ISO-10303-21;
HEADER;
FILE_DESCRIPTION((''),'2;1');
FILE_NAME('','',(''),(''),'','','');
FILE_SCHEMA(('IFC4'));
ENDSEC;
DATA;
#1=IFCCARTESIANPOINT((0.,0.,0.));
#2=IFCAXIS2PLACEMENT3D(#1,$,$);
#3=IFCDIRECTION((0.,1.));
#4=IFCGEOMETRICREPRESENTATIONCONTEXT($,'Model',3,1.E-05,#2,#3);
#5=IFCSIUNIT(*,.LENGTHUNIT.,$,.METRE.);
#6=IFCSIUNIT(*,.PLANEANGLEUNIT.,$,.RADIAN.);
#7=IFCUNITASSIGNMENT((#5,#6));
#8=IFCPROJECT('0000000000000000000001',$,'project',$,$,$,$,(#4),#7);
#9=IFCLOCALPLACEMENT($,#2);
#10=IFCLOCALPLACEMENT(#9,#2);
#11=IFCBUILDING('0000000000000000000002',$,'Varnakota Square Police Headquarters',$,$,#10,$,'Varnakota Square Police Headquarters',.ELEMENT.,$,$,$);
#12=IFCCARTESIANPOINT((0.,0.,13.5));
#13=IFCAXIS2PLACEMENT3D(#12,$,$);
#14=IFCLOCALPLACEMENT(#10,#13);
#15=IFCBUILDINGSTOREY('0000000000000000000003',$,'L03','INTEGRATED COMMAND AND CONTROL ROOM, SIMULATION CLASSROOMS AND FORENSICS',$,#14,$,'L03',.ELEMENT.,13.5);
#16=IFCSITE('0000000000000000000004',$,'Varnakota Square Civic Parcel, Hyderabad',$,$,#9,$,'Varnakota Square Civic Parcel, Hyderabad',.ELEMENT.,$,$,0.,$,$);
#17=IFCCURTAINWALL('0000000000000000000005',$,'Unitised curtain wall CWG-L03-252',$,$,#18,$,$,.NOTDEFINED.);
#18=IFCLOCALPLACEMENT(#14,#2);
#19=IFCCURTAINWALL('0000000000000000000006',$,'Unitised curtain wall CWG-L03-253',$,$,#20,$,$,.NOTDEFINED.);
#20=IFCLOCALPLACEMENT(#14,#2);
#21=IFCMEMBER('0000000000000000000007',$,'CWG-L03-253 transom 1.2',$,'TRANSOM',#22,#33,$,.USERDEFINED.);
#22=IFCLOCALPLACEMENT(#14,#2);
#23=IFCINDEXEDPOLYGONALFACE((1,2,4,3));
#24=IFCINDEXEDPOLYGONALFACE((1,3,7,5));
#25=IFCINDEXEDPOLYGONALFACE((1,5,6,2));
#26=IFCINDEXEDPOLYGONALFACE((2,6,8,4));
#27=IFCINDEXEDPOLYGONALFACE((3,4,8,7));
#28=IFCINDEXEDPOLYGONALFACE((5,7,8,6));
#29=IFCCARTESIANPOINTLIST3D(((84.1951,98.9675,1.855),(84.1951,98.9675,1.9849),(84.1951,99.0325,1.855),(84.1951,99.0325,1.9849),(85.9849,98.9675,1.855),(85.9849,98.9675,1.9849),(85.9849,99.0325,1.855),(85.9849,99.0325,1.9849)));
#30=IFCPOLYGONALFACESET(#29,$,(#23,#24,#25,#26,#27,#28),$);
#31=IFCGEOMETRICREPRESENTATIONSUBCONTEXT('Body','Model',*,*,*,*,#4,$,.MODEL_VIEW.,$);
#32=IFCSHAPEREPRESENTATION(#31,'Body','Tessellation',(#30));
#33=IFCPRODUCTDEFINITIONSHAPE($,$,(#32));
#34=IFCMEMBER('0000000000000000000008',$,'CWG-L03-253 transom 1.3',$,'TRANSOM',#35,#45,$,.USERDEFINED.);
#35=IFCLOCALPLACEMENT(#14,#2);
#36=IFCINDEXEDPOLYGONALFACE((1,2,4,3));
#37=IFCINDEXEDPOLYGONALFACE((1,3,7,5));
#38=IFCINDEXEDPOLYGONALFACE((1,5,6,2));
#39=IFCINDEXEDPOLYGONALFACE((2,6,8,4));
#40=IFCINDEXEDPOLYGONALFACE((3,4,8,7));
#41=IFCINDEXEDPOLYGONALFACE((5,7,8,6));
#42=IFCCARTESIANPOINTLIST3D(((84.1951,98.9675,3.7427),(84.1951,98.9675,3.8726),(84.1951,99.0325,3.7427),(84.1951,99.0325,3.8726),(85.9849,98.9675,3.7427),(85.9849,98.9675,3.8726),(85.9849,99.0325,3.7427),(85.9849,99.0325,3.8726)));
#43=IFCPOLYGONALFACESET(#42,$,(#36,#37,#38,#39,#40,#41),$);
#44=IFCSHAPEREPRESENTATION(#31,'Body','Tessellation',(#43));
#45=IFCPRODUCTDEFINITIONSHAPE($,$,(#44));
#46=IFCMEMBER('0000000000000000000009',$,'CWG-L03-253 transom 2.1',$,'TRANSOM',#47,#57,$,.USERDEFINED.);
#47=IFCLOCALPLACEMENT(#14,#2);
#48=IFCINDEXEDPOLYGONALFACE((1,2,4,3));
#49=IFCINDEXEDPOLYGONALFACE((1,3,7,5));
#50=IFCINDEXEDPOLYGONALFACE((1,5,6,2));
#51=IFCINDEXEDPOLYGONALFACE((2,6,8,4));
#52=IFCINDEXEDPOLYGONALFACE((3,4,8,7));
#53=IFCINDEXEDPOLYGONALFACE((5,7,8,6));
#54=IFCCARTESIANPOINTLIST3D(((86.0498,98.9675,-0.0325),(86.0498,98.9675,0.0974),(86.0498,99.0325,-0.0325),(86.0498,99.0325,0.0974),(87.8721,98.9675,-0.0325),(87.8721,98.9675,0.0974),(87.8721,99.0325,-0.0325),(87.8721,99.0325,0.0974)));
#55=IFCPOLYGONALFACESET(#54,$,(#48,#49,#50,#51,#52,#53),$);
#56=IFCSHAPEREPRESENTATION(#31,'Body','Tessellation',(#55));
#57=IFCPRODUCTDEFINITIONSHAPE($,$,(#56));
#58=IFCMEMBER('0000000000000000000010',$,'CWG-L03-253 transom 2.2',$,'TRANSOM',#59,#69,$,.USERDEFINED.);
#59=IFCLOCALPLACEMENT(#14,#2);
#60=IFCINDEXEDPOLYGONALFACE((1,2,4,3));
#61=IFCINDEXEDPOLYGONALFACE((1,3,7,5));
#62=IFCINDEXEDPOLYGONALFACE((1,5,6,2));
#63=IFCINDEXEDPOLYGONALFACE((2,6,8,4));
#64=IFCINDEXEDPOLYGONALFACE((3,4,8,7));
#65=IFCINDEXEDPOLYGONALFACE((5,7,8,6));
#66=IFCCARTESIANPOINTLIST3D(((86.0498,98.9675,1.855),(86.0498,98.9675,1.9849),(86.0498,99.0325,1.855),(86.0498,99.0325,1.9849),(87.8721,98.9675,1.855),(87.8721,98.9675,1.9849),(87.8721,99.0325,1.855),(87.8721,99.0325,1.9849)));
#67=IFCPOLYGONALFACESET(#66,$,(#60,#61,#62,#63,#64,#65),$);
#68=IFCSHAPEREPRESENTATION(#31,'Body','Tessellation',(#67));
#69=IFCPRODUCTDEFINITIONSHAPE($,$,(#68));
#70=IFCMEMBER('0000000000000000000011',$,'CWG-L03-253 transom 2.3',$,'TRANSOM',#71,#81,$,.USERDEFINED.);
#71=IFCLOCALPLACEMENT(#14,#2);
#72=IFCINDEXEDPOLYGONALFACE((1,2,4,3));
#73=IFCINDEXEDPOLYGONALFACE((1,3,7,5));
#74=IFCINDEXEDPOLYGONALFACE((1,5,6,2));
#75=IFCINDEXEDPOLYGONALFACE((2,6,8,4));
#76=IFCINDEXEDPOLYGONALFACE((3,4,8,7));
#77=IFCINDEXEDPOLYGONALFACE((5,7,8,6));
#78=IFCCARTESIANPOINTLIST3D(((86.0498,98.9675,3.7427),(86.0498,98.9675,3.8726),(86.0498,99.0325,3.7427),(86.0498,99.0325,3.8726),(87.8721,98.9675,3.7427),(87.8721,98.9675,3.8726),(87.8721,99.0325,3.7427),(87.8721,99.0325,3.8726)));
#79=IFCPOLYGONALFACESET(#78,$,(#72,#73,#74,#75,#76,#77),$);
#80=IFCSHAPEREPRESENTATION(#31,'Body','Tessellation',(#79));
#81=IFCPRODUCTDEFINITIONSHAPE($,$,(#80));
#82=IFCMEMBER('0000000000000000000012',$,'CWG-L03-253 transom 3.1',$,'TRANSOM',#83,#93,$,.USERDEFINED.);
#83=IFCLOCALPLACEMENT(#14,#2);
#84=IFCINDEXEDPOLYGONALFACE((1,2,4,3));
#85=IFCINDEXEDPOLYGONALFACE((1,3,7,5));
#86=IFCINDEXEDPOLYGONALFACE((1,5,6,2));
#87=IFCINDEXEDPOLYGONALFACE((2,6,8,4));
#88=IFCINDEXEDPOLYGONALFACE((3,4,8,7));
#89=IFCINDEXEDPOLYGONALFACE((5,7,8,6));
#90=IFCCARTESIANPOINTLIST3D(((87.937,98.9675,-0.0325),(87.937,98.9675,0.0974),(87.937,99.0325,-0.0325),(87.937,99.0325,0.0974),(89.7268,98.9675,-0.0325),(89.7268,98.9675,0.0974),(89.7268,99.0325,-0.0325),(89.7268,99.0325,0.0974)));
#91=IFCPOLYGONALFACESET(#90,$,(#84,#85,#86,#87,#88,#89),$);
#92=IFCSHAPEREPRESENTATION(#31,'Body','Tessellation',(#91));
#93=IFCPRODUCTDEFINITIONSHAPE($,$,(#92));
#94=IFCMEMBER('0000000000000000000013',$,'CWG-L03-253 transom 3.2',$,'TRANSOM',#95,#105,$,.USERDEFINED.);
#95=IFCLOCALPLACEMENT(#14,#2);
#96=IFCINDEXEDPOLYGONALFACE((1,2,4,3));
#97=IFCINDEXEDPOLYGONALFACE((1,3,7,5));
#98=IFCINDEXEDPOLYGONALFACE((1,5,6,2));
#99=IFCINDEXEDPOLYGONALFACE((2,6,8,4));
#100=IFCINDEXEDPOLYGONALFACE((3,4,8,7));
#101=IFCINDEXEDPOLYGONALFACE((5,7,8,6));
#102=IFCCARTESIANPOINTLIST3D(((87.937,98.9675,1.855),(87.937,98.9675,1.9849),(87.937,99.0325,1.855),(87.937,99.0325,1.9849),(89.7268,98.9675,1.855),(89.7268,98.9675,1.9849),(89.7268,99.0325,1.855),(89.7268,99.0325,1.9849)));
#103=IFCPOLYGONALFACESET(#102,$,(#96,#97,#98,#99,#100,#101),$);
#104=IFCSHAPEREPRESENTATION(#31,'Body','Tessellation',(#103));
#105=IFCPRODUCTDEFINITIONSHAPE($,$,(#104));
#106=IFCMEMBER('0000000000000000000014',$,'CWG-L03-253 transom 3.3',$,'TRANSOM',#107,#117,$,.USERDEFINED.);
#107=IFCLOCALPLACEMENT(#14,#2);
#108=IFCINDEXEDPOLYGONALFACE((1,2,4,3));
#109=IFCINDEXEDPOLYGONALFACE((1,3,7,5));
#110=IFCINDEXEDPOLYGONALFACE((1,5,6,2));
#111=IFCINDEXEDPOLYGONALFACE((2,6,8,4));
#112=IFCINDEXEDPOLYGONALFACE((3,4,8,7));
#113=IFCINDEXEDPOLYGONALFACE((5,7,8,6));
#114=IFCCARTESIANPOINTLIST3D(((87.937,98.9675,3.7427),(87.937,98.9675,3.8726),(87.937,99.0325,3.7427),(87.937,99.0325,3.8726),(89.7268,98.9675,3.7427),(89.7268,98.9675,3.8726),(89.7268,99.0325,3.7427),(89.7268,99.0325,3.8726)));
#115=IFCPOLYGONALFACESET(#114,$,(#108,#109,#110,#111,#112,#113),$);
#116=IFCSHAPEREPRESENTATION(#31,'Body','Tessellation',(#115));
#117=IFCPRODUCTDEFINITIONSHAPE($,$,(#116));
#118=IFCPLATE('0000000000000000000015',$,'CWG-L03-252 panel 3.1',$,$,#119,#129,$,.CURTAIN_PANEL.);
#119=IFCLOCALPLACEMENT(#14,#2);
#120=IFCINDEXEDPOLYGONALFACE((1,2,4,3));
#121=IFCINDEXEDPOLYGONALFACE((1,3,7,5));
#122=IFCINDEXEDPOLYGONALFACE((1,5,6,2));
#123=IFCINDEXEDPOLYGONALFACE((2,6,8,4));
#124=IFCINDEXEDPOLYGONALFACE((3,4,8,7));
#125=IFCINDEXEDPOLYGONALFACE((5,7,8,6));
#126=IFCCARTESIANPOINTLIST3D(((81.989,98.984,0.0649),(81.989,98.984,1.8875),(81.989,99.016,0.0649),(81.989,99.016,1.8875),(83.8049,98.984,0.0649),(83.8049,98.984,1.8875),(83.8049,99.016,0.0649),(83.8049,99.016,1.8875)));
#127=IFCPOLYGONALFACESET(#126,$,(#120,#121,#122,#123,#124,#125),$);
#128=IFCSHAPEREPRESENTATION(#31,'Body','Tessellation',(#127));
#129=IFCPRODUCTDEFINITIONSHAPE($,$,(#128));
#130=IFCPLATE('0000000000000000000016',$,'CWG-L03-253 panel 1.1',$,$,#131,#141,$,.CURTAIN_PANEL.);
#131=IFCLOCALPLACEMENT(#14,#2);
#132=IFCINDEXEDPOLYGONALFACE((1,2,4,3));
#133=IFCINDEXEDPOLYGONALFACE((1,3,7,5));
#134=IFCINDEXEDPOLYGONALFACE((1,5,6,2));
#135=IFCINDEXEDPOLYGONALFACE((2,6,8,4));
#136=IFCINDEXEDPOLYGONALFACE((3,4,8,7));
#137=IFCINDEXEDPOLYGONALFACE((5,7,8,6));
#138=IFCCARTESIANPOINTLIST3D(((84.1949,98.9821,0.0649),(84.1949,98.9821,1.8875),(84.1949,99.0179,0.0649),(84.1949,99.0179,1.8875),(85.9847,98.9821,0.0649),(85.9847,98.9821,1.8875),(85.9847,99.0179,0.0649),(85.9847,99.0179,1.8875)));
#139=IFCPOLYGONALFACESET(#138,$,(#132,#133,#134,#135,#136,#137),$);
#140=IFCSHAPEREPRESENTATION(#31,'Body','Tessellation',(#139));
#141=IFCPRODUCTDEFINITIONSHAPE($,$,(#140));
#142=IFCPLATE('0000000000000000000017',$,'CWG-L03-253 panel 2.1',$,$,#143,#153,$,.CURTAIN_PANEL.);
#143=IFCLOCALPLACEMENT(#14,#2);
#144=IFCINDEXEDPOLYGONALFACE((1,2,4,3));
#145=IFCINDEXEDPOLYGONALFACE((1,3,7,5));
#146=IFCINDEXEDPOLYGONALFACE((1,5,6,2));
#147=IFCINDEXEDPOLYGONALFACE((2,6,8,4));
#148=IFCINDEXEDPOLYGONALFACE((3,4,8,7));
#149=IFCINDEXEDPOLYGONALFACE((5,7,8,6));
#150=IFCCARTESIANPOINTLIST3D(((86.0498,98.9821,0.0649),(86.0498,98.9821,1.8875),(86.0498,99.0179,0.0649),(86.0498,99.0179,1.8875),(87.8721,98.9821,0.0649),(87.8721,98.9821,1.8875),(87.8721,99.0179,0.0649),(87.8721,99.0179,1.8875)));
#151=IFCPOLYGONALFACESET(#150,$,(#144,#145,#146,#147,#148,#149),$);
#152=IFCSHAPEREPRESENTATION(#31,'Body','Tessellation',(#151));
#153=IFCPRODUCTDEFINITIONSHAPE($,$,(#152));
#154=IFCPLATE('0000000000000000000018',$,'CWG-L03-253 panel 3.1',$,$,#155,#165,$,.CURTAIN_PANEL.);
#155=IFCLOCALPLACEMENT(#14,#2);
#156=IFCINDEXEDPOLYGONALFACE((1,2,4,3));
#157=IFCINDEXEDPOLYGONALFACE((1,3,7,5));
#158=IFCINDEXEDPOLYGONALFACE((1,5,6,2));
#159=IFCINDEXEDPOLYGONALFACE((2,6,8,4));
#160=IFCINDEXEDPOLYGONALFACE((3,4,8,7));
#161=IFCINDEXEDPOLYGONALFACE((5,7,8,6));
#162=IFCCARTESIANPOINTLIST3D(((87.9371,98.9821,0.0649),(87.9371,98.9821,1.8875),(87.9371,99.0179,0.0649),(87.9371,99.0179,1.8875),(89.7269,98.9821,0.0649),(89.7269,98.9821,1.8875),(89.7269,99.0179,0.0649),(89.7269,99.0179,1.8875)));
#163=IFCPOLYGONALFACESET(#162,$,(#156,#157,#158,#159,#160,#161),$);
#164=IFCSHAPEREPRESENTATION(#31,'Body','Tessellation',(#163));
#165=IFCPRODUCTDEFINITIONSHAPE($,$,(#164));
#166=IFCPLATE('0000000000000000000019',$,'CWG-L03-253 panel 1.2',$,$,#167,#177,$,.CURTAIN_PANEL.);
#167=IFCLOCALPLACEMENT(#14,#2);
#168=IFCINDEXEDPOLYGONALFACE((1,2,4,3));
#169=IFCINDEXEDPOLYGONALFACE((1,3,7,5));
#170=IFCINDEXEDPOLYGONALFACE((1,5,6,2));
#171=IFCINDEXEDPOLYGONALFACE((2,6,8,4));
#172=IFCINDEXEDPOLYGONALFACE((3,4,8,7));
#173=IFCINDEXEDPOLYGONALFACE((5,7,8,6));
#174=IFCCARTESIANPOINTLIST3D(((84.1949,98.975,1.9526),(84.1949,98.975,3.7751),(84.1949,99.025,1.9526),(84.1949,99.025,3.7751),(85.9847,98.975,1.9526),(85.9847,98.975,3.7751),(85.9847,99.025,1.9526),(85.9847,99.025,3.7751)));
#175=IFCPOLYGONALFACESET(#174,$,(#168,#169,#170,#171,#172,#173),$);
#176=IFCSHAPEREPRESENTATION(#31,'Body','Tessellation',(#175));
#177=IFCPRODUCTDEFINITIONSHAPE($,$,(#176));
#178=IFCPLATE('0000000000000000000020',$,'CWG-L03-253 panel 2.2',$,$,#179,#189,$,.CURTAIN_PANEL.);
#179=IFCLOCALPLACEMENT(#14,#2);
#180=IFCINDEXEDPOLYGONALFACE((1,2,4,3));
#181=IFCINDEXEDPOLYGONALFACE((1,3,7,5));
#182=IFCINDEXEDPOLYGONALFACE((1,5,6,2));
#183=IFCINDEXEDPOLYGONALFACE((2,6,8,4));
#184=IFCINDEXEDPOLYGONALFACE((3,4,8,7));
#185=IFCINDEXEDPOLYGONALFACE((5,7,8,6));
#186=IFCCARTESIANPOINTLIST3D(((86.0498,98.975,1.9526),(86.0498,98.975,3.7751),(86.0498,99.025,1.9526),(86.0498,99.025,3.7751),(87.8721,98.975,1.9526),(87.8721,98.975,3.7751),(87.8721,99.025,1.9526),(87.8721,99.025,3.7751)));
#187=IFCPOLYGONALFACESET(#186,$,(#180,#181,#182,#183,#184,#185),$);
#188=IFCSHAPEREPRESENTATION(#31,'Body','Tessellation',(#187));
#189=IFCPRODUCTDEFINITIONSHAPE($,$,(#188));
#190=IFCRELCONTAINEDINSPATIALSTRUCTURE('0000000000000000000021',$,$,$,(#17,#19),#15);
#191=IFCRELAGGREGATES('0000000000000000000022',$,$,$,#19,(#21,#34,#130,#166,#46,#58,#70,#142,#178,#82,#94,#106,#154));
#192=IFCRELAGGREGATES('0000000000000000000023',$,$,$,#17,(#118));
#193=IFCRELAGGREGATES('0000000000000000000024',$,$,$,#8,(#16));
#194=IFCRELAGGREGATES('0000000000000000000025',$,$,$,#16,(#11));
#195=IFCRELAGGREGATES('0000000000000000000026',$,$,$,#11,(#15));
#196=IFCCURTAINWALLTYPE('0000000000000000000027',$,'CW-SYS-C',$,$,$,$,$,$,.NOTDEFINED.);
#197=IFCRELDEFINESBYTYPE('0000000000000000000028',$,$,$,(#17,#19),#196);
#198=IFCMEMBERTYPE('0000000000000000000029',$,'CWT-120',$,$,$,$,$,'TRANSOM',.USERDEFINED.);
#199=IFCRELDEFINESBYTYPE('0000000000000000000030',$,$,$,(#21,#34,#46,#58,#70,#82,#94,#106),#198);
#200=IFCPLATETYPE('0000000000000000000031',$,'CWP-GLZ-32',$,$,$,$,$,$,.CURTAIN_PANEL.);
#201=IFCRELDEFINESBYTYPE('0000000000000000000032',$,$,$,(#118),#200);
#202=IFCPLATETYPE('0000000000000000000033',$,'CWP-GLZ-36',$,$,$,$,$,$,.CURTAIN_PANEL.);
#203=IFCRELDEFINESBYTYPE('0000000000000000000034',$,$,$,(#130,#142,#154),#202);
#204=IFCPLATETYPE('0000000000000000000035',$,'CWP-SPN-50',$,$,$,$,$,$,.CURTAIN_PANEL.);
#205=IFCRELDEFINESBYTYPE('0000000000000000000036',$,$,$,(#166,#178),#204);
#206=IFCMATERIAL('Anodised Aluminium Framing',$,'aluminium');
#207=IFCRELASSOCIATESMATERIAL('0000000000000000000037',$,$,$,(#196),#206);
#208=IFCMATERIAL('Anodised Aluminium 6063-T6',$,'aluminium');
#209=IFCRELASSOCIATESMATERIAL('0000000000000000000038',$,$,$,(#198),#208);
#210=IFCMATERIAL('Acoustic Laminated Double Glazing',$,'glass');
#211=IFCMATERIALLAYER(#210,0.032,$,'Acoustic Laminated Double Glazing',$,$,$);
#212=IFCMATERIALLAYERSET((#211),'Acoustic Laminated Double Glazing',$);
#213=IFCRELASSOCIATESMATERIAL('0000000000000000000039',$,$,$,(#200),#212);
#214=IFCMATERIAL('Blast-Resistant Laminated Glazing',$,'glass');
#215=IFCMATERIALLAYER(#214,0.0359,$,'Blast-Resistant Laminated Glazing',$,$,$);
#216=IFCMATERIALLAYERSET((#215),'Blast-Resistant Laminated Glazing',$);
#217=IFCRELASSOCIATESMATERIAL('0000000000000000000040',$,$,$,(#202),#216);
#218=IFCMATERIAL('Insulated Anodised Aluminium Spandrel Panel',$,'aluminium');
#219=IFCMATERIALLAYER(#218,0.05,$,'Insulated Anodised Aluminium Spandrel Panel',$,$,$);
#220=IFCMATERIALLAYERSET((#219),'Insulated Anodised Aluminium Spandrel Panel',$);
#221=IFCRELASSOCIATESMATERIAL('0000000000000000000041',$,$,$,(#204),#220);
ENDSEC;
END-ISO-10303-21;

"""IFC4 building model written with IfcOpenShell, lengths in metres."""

from ifc_helpers import new_model, si_unit, direction, frame, origin, origin_2d, place, context, subcontext, project, spatial, rectangle, extrude, material, layer, layer_set, material_profile, profile_set, type_object, element, aggregate, save


model = new_model("IFC4")

# Units and contexts
model_context = context("Model", 3, precision=1e-05, world=origin(), true_north=direction((0.0, 1.0)))
body_context = subcontext(model_context, "Body", "Model", "MODEL_VIEW")
ifc_project = project(units=[si_unit("LENGTHUNIT", "METRE"), si_unit("PLANEANGLEUNIT", "RADIAN")], contexts=[model_context])

# Site, building, storey
site_placement = place(None, origin())
site = spatial("IfcSite", under=ifc_project, at=site_placement, Name="Varnakota Square Civic Parcel, Hyderabad", LongName="Varnakota Square Civic Parcel, Hyderabad", CompositionType="ELEMENT", RefElevation=0.0)
building_placement = place(site_placement, origin())
building = spatial("IfcBuilding", under=site, at=building_placement, Name="Varnakota Square Police Headquarters", LongName="Varnakota Square Police Headquarters", CompositionType="ELEMENT")
storey_placement = place(building_placement, frame((0.0, 0.0, 13.5)))
storey = spatial("IfcBuildingStorey", under=building, at=storey_placement, Name="L03", Description="INTEGRATED COMMAND AND CONTROL ROOM, SIMULATION CLASSROOMS AND FORENSICS", LongName="L03", CompositionType="ELEMENT", Elevation=13.5)

# Curtain wall
ifc_material_1 = material(Name="Anodised Aluminium Framing", Category="aluminium")
curtain_wall_type = type_object("IfcCurtainWallType", Name="CW-SYS-C", PredefinedType="NOTDEFINED", material=ifc_material_1)
curtain_wall_1_placement = place(storey_placement, origin())
curtain_wall_1 = element("IfcCurtainWall", 1, at=curtain_wall_1_placement, inside=storey, type_object=curtain_wall_type, Name="Unitised curtain wall CWG-L03-252", PredefinedType="NOTDEFINED")
ifc_material_2 = material(Name="Anodised Aluminium 6063-T6", Category="aluminium")

# Curtain wall
curtain_wall_2_placement = place(storey_placement, origin())
curtain_wall_2 = element("IfcCurtainWall", 2, at=curtain_wall_2_placement, inside=storey, type_object=curtain_wall_type, Name="Unitised curtain wall CWG-L03-253", PredefinedType="NOTDEFINED")

# Members
ifc_material_profile_1 = material_profile(ifc_material_2, rectangle(XDim=0.0649, YDim=0.1299, at=origin_2d()), Name="ALU TRANSOM 65x130")
ifc_profile_set_1 = profile_set([ifc_material_profile_1], Name="Anodised Aluminium 6063-T6")
member_type_1 = type_object("IfcMemberType", Name="CWT-120", ElementType="TRANSOM", PredefinedType="USERDEFINED", material=ifc_profile_set_1)
member_1_placement = place(storey_placement, frame((84.1951, 99.0, 1.9199), z_axis=(1.0, 0.0, 0.0), x_axis=(0.0, 1.0, 0.0)))
member_1 = element("IfcMember", 3, at=member_1_placement, type_object=member_type_1, Name="CWG-L03-253 transom 1.2", ObjectType="TRANSOM", PredefinedType="USERDEFINED", context=body_context, shape_type="SweptSolid", body=[
    extrude(rectangle(XDim=0.0649, YDim=0.1299, at=origin_2d()), origin(), (0.0, 0.0, 1.0), 1.7898),
])
member_2_placement = place(storey_placement, frame((84.1951, 99.0, 3.8076), z_axis=(1.0, 0.0, 0.0), x_axis=(0.0, 1.0, 0.0)))
member_2 = element("IfcMember", 4, at=member_2_placement, type_object=member_type_1, Name="CWG-L03-253 transom 1.3", ObjectType="TRANSOM", PredefinedType="USERDEFINED", context=body_context, shape_type="SweptSolid", body=[
    extrude(rectangle(XDim=0.0649, YDim=0.1299, at=origin_2d()), origin(), (0.0, 0.0, 1.0), 1.7898),
])
member_3_placement = place(storey_placement, frame((86.0498, 99.0, 0.0325), z_axis=(1.0, 0.0, 0.0), x_axis=(0.0, 1.0, 0.0)))
member_3 = element("IfcMember", 5, at=member_3_placement, type_object=member_type_1, Name="CWG-L03-253 transom 2.1", ObjectType="TRANSOM", PredefinedType="USERDEFINED", context=body_context, shape_type="SweptSolid", body=[
    extrude(rectangle(XDim=0.0649, YDim=0.1299, at=origin_2d()), origin(), (0.0, 0.0, 1.0), 1.8223),
])
member_4_placement = place(storey_placement, frame((86.0498, 99.0, 1.9199), z_axis=(1.0, 0.0, 0.0), x_axis=(0.0, 1.0, 0.0)))
member_4 = element("IfcMember", 6, at=member_4_placement, type_object=member_type_1, Name="CWG-L03-253 transom 2.2", ObjectType="TRANSOM", PredefinedType="USERDEFINED", context=body_context, shape_type="SweptSolid", body=[
    extrude(rectangle(XDim=0.0649, YDim=0.1299, at=origin_2d()), origin(), (0.0, 0.0, 1.0), 1.8223),
])
member_5_placement = place(storey_placement, frame((86.0498, 99.0, 3.8076), z_axis=(1.0, 0.0, 0.0), x_axis=(0.0, 1.0, 0.0)))
member_5 = element("IfcMember", 7, at=member_5_placement, type_object=member_type_1, Name="CWG-L03-253 transom 2.3", ObjectType="TRANSOM", PredefinedType="USERDEFINED", context=body_context, shape_type="SweptSolid", body=[
    extrude(rectangle(XDim=0.0649, YDim=0.1299, at=origin_2d()), origin(), (0.0, 0.0, 1.0), 1.8223),
])
member_6_placement = place(storey_placement, frame((87.937, 99.0, 0.0325), z_axis=(1.0, 0.0, 0.0), x_axis=(0.0, 1.0, 0.0)))
member_6 = element("IfcMember", 8, at=member_6_placement, type_object=member_type_1, Name="CWG-L03-253 transom 3.1", ObjectType="TRANSOM", PredefinedType="USERDEFINED", context=body_context, shape_type="SweptSolid", body=[
    extrude(rectangle(XDim=0.0649, YDim=0.1299, at=origin_2d()), origin(), (0.0, 0.0, 1.0), 1.7898),
])
member_7_placement = place(storey_placement, frame((87.937, 99.0, 1.9199), z_axis=(1.0, 0.0, 0.0), x_axis=(0.0, 1.0, 0.0)))
member_7 = element("IfcMember", 9, at=member_7_placement, type_object=member_type_1, Name="CWG-L03-253 transom 3.2", ObjectType="TRANSOM", PredefinedType="USERDEFINED", context=body_context, shape_type="SweptSolid", body=[
    extrude(rectangle(XDim=0.0649, YDim=0.1299, at=origin_2d()), origin(), (0.0, 0.0, 1.0), 1.7898),
])
member_8_placement = place(storey_placement, frame((87.937, 99.0, 3.8076), z_axis=(1.0, 0.0, 0.0), x_axis=(0.0, 1.0, 0.0)))
member_8 = element("IfcMember", 10, at=member_8_placement, type_object=member_type_1, Name="CWG-L03-253 transom 3.3", ObjectType="TRANSOM", PredefinedType="USERDEFINED", context=body_context, shape_type="SweptSolid", body=[
    extrude(rectangle(XDim=0.0649, YDim=0.1299, at=origin_2d()), origin(), (0.0, 0.0, 1.0), 1.7898),
])

# Plates
ifc_material_3 = material(Name="Acoustic Laminated Double Glazing", Category="glass")
ifc_layer_1 = layer(ifc_material_3, 0.032, Name="Acoustic Laminated Double Glazing")
ifc_layer_set_1 = layer_set([ifc_layer_1], Name="Acoustic Laminated Double Glazing")
plate_type_1 = type_object("IfcPlateType", Name="CWP-GLZ-32", PredefinedType="CURTAIN_PANEL", material=ifc_layer_set_1)
plate_1_placement = place(storey_placement, frame((82.897, 99.0, 0.0649), z_axis=(0.0, 0.0, 1.0), x_axis=(1.0, 0.0, 0.0)))
plate_1 = element("IfcPlate", 11, at=plate_1_placement, type_object=plate_type_1, Name="CWG-L03-252 panel 3.1", PredefinedType="CURTAIN_PANEL", context=body_context, shape_type="SweptSolid", body=[
    extrude(rectangle(XDim=1.8159, YDim=0.032, at=origin_2d()), origin(), (0.0, 0.0, 1.0), 1.8225),
])
ifc_material_4 = material(Name="Blast-Resistant Laminated Glazing", Category="glass")
ifc_layer_2 = layer(ifc_material_4, 0.0359, Name="Blast-Resistant Laminated Glazing")
ifc_layer_set_2 = layer_set([ifc_layer_2], Name="Blast-Resistant Laminated Glazing")
plate_type_2 = type_object("IfcPlateType", Name="CWP-GLZ-36", PredefinedType="CURTAIN_PANEL", material=ifc_layer_set_2)
plate_2_placement = place(storey_placement, frame((85.0898, 99.0, 0.0649), z_axis=(0.0, 0.0, 1.0), x_axis=(1.0, 0.0, 0.0)))
plate_2 = element("IfcPlate", 12, at=plate_2_placement, type_object=plate_type_2, Name="CWG-L03-253 panel 1.1", PredefinedType="CURTAIN_PANEL", context=body_context, shape_type="SweptSolid", body=[
    extrude(rectangle(XDim=1.7898, YDim=0.0359, at=origin_2d()), origin(), (0.0, 0.0, 1.0), 1.8225),
])
plate_3_placement = place(storey_placement, frame((86.9609, 99.0, 0.0649), z_axis=(0.0, 0.0, 1.0), x_axis=(1.0, 0.0, 0.0)))
plate_3 = element("IfcPlate", 13, at=plate_3_placement, type_object=plate_type_2, Name="CWG-L03-253 panel 2.1", PredefinedType="CURTAIN_PANEL", context=body_context, shape_type="SweptSolid", body=[
    extrude(rectangle(XDim=1.8223, YDim=0.0359, at=origin_2d()), origin(), (0.0, 0.0, 1.0), 1.8225),
])
plate_4_placement = place(storey_placement, frame((88.832, 99.0, 0.0649), z_axis=(0.0, 0.0, 1.0), x_axis=(1.0, 0.0, 0.0)))
plate_4 = element("IfcPlate", 14, at=plate_4_placement, type_object=plate_type_2, Name="CWG-L03-253 panel 3.1", PredefinedType="CURTAIN_PANEL", context=body_context, shape_type="SweptSolid", body=[
    extrude(rectangle(XDim=1.7898, YDim=0.0359, at=origin_2d()), origin(), (0.0, 0.0, 1.0), 1.8225),
])
ifc_material_5 = material(Name="Insulated Anodised Aluminium Spandrel Panel", Category="aluminium")
ifc_layer_3 = layer(ifc_material_5, 0.05, Name="Insulated Anodised Aluminium Spandrel Panel")
ifc_layer_set_3 = layer_set([ifc_layer_3], Name="Insulated Anodised Aluminium Spandrel Panel")
plate_type_3 = type_object("IfcPlateType", Name="CWP-SPN-50", PredefinedType="CURTAIN_PANEL", material=ifc_layer_set_3)
plate_5_placement = place(storey_placement, frame((85.0898, 99.0, 1.9526), z_axis=(0.0, 0.0, 1.0), x_axis=(1.0, 0.0, 0.0)))
plate_5 = element("IfcPlate", 15, at=plate_5_placement, type_object=plate_type_3, Name="CWG-L03-253 panel 1.2", PredefinedType="CURTAIN_PANEL", context=body_context, shape_type="SweptSolid", body=[
    extrude(rectangle(XDim=1.7898, YDim=0.05, at=origin_2d()), origin(), (0.0, 0.0, 1.0), 1.8225),
])
plate_6_placement = place(storey_placement, frame((86.9609, 99.0, 1.9526), z_axis=(0.0, 0.0, 1.0), x_axis=(1.0, 0.0, 0.0)))
plate_6 = element("IfcPlate", 16, at=plate_6_placement, type_object=plate_type_3, Name="CWG-L03-253 panel 2.2", PredefinedType="CURTAIN_PANEL", context=body_context, shape_type="SweptSolid", body=[
    extrude(rectangle(XDim=1.8223, YDim=0.05, at=origin_2d()), origin(), (0.0, 0.0, 1.0), 1.8225),
])
aggregate(curtain_wall_2, [member_1, member_2, plate_2, plate_5, member_3, member_4, member_5, plate_3, plate_6, member_6, member_7, member_8, plate_4])
aggregate(curtain_wall_1, [plate_1])

save(model, "model.ifc")
